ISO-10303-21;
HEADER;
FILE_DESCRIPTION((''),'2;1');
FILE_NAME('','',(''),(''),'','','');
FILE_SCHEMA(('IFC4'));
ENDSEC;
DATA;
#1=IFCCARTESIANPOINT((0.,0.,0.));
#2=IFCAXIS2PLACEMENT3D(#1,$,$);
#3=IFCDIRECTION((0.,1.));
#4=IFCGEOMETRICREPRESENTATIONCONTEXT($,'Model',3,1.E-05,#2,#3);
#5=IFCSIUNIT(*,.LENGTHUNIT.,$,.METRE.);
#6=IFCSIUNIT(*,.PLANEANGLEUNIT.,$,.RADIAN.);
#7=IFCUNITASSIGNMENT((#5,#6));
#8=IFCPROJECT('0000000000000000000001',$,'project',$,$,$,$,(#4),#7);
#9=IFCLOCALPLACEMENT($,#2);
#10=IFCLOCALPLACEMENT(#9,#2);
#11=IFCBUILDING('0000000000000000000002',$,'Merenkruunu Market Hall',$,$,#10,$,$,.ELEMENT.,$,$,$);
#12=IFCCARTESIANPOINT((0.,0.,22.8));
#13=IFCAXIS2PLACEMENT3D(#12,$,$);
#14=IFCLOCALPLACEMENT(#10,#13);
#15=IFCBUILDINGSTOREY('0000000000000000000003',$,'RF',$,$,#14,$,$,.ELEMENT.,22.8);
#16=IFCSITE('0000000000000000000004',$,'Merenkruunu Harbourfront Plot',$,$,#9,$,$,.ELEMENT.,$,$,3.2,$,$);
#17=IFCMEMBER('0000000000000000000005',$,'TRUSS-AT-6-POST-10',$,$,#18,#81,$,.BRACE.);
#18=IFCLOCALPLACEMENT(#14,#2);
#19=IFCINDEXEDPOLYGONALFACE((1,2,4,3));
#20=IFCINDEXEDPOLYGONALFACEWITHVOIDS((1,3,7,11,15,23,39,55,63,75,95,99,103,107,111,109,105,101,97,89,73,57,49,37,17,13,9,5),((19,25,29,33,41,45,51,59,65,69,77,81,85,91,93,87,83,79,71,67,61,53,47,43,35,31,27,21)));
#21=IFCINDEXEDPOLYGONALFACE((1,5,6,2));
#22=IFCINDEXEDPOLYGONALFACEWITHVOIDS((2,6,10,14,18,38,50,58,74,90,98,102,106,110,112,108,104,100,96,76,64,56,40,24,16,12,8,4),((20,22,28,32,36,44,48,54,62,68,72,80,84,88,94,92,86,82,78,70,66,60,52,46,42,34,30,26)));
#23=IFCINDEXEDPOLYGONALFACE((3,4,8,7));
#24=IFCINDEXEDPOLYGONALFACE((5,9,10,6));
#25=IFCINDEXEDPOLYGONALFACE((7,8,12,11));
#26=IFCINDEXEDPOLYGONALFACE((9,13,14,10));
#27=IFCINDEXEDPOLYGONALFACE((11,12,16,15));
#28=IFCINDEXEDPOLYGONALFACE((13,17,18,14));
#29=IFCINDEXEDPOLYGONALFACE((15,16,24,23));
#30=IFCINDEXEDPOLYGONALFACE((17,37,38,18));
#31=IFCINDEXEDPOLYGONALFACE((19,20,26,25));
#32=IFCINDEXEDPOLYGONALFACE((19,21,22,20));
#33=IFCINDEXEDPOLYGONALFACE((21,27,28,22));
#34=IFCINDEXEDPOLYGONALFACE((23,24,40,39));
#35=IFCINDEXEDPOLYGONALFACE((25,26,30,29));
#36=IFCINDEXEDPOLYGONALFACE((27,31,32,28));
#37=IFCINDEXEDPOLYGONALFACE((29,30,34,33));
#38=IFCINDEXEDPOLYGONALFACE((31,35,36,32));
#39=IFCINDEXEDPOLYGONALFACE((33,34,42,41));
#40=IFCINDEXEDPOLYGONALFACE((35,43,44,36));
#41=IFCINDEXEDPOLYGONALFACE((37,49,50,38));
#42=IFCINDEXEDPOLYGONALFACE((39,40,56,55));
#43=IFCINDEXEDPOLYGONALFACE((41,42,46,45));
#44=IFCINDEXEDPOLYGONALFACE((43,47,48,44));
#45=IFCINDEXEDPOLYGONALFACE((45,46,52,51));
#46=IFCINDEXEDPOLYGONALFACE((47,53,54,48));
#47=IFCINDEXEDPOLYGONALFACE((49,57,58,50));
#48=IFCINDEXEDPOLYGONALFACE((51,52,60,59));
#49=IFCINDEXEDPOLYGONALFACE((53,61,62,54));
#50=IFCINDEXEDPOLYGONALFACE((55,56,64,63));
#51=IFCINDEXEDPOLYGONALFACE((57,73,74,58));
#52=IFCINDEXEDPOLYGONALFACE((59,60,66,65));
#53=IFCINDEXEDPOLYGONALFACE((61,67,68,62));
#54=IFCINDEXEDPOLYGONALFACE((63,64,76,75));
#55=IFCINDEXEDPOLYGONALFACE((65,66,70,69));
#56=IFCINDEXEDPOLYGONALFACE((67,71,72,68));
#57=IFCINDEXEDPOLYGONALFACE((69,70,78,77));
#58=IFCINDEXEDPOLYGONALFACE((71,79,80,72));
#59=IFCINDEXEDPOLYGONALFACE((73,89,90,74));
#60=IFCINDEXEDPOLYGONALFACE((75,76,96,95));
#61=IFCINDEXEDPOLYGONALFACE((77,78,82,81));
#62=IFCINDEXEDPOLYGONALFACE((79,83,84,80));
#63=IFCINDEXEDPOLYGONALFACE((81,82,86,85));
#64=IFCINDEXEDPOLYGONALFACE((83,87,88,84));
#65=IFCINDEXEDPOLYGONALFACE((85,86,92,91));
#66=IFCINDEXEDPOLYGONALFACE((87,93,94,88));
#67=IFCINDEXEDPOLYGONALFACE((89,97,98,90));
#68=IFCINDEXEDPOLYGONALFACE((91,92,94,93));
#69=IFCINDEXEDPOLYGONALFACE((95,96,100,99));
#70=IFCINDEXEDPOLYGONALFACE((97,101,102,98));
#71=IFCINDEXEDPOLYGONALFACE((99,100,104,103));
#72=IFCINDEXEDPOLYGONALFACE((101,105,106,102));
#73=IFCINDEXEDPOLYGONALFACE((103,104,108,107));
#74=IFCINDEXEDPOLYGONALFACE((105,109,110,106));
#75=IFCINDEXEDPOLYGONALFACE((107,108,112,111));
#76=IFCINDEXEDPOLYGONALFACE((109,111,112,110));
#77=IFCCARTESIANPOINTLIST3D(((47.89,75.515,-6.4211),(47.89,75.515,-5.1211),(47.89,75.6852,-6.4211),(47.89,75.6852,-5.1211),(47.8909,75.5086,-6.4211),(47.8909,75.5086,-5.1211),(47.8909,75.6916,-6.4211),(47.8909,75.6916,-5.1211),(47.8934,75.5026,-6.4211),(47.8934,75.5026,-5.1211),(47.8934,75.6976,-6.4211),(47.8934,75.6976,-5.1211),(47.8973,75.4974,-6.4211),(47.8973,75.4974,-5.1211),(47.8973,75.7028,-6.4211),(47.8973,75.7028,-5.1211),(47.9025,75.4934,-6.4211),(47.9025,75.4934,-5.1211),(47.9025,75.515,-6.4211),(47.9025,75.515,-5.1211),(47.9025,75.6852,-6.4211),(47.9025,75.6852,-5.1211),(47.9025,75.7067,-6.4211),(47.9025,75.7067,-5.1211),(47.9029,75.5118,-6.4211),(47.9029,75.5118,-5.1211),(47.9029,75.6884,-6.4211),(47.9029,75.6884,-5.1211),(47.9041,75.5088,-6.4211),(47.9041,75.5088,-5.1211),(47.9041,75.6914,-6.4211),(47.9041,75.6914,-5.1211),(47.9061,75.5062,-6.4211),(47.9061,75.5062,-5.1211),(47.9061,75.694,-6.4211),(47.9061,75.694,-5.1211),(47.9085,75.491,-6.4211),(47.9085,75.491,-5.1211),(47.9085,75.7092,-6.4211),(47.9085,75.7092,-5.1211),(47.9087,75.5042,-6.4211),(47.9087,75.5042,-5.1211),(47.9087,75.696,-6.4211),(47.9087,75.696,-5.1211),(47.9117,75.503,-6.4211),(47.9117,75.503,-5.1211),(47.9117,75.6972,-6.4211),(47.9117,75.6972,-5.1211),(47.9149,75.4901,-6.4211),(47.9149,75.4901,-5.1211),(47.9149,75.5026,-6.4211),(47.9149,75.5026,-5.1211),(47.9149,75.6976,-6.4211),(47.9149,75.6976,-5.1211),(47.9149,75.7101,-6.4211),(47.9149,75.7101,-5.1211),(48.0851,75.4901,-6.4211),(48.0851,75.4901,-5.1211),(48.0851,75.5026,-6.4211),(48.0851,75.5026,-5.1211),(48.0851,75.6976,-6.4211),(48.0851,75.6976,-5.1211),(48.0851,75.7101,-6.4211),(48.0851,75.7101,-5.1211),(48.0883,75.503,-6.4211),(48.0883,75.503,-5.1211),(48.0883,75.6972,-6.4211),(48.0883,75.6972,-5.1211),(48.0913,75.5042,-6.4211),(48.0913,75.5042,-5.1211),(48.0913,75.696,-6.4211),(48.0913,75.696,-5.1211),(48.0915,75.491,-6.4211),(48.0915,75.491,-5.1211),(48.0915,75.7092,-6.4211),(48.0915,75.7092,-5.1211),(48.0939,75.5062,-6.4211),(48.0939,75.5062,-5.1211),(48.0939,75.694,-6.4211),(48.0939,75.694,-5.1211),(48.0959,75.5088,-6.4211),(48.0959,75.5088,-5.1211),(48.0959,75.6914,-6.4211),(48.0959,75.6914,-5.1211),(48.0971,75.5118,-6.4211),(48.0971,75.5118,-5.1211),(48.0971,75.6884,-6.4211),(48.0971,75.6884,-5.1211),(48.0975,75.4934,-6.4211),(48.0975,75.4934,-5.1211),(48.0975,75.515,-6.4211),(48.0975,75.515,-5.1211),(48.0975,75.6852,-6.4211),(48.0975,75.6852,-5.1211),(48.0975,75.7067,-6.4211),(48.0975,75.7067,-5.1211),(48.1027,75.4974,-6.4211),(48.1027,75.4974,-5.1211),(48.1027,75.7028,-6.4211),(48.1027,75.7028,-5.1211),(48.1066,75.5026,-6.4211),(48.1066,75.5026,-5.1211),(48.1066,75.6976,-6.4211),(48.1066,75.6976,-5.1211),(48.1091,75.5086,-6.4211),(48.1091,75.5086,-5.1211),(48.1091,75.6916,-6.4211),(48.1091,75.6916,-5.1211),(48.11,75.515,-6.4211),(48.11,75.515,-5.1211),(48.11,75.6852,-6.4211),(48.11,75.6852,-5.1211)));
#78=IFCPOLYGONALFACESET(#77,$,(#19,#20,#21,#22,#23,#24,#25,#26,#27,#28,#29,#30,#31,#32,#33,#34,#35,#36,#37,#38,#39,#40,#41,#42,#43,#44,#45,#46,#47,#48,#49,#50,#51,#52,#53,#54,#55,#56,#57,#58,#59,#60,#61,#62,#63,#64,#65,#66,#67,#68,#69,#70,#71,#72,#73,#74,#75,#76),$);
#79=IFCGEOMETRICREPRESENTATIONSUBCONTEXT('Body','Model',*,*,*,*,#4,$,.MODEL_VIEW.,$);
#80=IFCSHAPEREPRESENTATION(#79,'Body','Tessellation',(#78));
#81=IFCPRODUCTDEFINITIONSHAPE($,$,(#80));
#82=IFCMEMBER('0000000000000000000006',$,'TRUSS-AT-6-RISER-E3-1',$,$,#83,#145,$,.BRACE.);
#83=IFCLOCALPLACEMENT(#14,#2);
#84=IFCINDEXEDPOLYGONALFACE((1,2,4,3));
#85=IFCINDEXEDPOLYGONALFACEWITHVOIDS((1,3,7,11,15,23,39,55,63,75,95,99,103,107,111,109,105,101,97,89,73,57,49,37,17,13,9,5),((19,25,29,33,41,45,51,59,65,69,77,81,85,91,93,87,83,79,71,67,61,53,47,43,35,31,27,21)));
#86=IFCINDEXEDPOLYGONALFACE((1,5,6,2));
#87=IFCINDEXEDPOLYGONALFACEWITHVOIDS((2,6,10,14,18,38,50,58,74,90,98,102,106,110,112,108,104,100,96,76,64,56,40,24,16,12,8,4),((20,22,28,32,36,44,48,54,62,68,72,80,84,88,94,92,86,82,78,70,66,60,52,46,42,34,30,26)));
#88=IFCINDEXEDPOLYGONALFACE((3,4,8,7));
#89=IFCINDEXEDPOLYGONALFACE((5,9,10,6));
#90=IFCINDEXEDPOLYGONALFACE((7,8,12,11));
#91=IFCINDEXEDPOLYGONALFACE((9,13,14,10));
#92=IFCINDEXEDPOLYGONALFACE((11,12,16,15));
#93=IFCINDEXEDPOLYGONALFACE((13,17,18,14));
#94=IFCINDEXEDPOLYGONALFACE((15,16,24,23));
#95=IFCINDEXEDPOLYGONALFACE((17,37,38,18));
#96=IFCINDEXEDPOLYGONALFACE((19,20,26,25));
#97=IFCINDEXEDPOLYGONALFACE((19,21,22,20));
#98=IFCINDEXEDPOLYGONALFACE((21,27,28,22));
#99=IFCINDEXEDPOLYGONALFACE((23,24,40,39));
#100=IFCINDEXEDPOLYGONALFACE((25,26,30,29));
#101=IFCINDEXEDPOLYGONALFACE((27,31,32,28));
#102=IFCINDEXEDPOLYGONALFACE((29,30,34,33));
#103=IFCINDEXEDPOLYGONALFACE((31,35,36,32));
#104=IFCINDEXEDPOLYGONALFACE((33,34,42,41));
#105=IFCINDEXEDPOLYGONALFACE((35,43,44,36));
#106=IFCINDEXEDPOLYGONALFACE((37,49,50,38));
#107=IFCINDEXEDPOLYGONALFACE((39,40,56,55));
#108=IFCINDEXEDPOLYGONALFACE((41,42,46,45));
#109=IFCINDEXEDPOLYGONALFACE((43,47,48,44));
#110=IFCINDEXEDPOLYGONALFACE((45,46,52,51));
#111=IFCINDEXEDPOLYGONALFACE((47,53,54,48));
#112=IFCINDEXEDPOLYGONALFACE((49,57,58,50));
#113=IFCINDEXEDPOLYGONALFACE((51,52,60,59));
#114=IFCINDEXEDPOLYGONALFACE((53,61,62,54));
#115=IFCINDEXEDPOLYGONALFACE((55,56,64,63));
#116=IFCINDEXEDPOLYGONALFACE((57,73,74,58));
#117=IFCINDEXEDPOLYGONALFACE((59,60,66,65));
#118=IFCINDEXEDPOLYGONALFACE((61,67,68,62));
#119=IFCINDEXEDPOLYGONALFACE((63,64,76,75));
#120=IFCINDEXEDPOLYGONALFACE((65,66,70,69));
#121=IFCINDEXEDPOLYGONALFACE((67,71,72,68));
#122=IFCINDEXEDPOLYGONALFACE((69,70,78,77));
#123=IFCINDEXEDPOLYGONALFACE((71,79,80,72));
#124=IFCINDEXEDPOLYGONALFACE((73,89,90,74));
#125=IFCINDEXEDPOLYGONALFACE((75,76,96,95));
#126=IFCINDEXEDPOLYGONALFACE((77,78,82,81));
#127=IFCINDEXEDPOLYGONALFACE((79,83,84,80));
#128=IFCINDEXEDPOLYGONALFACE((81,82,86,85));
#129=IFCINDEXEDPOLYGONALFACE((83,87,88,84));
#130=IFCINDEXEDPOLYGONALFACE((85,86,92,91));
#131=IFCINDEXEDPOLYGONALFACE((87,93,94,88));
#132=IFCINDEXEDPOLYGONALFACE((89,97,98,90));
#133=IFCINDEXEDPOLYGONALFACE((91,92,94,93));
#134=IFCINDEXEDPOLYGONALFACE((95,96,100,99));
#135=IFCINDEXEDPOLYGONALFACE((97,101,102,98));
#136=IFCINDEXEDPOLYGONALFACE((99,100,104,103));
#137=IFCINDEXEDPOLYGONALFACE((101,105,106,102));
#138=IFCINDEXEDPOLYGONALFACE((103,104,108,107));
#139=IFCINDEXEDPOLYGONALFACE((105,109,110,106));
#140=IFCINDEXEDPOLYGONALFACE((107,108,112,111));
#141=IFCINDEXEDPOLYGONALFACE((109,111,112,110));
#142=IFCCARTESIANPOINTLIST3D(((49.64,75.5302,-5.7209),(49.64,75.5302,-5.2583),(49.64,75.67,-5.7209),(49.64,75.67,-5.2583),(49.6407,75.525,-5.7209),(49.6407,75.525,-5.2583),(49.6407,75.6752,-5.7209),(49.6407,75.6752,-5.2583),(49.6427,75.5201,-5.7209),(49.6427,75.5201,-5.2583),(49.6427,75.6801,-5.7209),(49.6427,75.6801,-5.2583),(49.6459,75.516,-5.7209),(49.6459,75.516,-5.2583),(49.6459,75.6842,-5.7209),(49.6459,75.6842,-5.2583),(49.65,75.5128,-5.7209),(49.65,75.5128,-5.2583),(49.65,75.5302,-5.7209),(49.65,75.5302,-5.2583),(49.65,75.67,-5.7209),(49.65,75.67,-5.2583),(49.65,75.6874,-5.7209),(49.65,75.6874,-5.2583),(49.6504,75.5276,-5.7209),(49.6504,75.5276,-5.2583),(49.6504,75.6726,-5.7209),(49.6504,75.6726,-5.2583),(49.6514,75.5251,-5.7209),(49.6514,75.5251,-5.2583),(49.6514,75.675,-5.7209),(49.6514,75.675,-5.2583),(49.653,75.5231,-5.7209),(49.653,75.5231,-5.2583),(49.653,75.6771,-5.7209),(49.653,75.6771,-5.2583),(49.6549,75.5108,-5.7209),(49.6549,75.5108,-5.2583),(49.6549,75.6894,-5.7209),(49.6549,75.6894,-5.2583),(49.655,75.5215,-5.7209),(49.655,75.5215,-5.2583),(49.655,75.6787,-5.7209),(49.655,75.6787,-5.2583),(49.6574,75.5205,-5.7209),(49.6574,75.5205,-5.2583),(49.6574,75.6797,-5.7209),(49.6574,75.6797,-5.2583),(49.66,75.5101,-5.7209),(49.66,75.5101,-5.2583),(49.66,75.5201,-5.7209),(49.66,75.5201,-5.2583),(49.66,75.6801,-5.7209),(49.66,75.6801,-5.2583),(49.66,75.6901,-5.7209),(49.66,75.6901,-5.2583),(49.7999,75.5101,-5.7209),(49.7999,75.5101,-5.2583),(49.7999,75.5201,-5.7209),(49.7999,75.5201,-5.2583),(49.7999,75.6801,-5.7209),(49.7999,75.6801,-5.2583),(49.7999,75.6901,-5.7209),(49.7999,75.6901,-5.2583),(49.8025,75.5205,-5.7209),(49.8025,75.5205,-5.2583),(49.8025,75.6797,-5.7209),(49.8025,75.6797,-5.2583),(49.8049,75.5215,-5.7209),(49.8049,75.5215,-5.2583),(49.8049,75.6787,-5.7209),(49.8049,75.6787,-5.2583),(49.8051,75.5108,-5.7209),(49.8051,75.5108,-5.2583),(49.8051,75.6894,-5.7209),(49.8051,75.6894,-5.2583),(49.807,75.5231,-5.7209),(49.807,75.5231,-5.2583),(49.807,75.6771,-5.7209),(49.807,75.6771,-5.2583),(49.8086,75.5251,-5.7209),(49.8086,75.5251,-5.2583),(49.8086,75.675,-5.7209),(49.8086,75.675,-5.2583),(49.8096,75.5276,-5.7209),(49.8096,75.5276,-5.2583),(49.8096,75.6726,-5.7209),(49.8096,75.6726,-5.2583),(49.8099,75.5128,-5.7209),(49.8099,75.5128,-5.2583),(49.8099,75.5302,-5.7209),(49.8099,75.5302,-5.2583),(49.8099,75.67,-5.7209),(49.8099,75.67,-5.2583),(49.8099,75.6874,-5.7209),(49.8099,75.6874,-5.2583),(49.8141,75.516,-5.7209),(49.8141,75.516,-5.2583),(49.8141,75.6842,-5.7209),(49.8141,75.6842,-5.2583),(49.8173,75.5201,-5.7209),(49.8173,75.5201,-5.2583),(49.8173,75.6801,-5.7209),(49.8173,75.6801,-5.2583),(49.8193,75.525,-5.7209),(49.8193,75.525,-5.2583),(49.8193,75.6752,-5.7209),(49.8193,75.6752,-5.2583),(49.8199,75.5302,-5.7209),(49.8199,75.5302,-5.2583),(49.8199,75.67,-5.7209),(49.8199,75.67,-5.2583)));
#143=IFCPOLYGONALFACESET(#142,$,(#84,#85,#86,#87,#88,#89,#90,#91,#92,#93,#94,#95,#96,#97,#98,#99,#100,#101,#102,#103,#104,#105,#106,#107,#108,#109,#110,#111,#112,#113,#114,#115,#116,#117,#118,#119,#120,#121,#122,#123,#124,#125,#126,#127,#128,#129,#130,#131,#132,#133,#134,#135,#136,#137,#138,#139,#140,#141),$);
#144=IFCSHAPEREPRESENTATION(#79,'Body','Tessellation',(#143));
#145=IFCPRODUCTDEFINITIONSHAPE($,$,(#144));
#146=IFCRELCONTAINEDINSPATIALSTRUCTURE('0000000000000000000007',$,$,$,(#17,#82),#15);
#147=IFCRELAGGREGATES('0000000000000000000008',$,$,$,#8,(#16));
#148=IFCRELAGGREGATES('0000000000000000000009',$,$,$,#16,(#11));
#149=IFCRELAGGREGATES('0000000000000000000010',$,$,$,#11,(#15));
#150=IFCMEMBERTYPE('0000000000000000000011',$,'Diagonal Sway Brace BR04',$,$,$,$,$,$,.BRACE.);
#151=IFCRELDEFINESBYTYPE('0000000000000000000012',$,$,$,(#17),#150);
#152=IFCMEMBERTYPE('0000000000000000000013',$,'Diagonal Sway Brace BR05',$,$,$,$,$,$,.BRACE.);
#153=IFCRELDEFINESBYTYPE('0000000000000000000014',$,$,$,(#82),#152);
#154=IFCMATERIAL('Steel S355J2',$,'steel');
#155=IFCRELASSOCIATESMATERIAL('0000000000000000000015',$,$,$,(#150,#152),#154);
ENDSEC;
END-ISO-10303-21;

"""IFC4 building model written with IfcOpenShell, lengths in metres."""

from ifc_helpers import new_model, si_unit, direction, frame, origin, origin_2d, place, context, subcontext, project, spatial, hollow_rectangle, extrude, material, material_profile, profile_set, type_object, element, save


model = new_model("IFC4")

# Units and contexts
model_context = context("Model", 3, precision=1e-05, world=origin(), true_north=direction((0.0, 1.0)))
body_context = subcontext(model_context, "Body", "Model", "MODEL_VIEW")
ifc_project = project(units=[si_unit("LENGTHUNIT", "METRE"), si_unit("PLANEANGLEUNIT", "RADIAN")], contexts=[model_context])

# Site, building, storey
site_placement = place(None, origin())
site = spatial("IfcSite", under=ifc_project, at=site_placement, Name="Merenkruunu Harbourfront Plot", CompositionType="ELEMENT", RefElevation=3.2)
building_placement = place(site_placement, origin())
building = spatial("IfcBuilding", under=site, at=building_placement, Name="Merenkruunu Market Hall", CompositionType="ELEMENT")
storey_placement = place(building_placement, frame((0.0, 0.0, 22.8)))
storey = spatial("IfcBuildingStorey", under=building, at=storey_placement, Name="RF", CompositionType="ELEMENT", Elevation=22.8)

# Members
ifc_material_1 = material(Name="Steel S355J2", Category="steel")
ifc_material_profile_1 = material_profile(ifc_material_1, hollow_rectangle(XDim=0.22, YDim=0.22, WallThickness=0.0125, InnerFilletRadius=0.0125, OuterFilletRadius=0.0249, at=origin_2d()), Name="SHS 220x220x12.5")
ifc_profile_set_1 = profile_set([ifc_material_profile_1], Name="Steel S355J2")
member_type_1 = type_object("IfcMemberType", Name="Diagonal Sway Brace BR04", PredefinedType="BRACE", material=ifc_profile_set_1)
member_1_placement = place(storey_placement, frame((48.0, 75.6001, -6.4211), z_axis=(0.0, 0.0, 1.0), x_axis=(1.0, 0.0, 0.0)))
element("IfcMember", 1, at=member_1_placement, inside=storey, type_object=member_type_1, Name="TRUSS-AT-6-POST-10", PredefinedType="BRACE", context=body_context, shape_type="SweptSolid", body=[
    extrude(hollow_rectangle(XDim=0.22, YDim=0.22, WallThickness=0.0125, InnerFilletRadius=0.0125, OuterFilletRadius=0.0249, at=origin_2d()), origin(), (0.0, 0.0, 1.0), 1.3),
])
ifc_material_profile_2 = material_profile(ifc_material_1, hollow_rectangle(XDim=0.1799, YDim=0.1799, WallThickness=0.01, InnerFilletRadius=0.01, OuterFilletRadius=0.02, at=origin_2d()), Name="SHS 180x180x10")
ifc_profile_set_2 = profile_set([ifc_material_profile_2], Name="Steel S355J2")
member_type_2 = type_object("IfcMemberType", Name="Diagonal Sway Brace BR05", PredefinedType="BRACE", material=ifc_profile_set_2)
member_2_placement = place(storey_placement, frame((49.73, 75.6001, -5.7209), z_axis=(0.0, 0.0, 1.0), x_axis=(1.0, 0.0, 0.0)))
element("IfcMember", 2, at=member_2_placement, inside=storey, type_object=member_type_2, Name="TRUSS-AT-6-RISER-E3-1", PredefinedType="BRACE", context=body_context, shape_type="SweptSolid", body=[
    extrude(hollow_rectangle(XDim=0.1799, YDim=0.1799, WallThickness=0.01, InnerFilletRadius=0.01, OuterFilletRadius=0.02, at=origin_2d()), origin(), (0.0, 0.0, 1.0), 0.4626),
])

save(model, "model.ifc")
